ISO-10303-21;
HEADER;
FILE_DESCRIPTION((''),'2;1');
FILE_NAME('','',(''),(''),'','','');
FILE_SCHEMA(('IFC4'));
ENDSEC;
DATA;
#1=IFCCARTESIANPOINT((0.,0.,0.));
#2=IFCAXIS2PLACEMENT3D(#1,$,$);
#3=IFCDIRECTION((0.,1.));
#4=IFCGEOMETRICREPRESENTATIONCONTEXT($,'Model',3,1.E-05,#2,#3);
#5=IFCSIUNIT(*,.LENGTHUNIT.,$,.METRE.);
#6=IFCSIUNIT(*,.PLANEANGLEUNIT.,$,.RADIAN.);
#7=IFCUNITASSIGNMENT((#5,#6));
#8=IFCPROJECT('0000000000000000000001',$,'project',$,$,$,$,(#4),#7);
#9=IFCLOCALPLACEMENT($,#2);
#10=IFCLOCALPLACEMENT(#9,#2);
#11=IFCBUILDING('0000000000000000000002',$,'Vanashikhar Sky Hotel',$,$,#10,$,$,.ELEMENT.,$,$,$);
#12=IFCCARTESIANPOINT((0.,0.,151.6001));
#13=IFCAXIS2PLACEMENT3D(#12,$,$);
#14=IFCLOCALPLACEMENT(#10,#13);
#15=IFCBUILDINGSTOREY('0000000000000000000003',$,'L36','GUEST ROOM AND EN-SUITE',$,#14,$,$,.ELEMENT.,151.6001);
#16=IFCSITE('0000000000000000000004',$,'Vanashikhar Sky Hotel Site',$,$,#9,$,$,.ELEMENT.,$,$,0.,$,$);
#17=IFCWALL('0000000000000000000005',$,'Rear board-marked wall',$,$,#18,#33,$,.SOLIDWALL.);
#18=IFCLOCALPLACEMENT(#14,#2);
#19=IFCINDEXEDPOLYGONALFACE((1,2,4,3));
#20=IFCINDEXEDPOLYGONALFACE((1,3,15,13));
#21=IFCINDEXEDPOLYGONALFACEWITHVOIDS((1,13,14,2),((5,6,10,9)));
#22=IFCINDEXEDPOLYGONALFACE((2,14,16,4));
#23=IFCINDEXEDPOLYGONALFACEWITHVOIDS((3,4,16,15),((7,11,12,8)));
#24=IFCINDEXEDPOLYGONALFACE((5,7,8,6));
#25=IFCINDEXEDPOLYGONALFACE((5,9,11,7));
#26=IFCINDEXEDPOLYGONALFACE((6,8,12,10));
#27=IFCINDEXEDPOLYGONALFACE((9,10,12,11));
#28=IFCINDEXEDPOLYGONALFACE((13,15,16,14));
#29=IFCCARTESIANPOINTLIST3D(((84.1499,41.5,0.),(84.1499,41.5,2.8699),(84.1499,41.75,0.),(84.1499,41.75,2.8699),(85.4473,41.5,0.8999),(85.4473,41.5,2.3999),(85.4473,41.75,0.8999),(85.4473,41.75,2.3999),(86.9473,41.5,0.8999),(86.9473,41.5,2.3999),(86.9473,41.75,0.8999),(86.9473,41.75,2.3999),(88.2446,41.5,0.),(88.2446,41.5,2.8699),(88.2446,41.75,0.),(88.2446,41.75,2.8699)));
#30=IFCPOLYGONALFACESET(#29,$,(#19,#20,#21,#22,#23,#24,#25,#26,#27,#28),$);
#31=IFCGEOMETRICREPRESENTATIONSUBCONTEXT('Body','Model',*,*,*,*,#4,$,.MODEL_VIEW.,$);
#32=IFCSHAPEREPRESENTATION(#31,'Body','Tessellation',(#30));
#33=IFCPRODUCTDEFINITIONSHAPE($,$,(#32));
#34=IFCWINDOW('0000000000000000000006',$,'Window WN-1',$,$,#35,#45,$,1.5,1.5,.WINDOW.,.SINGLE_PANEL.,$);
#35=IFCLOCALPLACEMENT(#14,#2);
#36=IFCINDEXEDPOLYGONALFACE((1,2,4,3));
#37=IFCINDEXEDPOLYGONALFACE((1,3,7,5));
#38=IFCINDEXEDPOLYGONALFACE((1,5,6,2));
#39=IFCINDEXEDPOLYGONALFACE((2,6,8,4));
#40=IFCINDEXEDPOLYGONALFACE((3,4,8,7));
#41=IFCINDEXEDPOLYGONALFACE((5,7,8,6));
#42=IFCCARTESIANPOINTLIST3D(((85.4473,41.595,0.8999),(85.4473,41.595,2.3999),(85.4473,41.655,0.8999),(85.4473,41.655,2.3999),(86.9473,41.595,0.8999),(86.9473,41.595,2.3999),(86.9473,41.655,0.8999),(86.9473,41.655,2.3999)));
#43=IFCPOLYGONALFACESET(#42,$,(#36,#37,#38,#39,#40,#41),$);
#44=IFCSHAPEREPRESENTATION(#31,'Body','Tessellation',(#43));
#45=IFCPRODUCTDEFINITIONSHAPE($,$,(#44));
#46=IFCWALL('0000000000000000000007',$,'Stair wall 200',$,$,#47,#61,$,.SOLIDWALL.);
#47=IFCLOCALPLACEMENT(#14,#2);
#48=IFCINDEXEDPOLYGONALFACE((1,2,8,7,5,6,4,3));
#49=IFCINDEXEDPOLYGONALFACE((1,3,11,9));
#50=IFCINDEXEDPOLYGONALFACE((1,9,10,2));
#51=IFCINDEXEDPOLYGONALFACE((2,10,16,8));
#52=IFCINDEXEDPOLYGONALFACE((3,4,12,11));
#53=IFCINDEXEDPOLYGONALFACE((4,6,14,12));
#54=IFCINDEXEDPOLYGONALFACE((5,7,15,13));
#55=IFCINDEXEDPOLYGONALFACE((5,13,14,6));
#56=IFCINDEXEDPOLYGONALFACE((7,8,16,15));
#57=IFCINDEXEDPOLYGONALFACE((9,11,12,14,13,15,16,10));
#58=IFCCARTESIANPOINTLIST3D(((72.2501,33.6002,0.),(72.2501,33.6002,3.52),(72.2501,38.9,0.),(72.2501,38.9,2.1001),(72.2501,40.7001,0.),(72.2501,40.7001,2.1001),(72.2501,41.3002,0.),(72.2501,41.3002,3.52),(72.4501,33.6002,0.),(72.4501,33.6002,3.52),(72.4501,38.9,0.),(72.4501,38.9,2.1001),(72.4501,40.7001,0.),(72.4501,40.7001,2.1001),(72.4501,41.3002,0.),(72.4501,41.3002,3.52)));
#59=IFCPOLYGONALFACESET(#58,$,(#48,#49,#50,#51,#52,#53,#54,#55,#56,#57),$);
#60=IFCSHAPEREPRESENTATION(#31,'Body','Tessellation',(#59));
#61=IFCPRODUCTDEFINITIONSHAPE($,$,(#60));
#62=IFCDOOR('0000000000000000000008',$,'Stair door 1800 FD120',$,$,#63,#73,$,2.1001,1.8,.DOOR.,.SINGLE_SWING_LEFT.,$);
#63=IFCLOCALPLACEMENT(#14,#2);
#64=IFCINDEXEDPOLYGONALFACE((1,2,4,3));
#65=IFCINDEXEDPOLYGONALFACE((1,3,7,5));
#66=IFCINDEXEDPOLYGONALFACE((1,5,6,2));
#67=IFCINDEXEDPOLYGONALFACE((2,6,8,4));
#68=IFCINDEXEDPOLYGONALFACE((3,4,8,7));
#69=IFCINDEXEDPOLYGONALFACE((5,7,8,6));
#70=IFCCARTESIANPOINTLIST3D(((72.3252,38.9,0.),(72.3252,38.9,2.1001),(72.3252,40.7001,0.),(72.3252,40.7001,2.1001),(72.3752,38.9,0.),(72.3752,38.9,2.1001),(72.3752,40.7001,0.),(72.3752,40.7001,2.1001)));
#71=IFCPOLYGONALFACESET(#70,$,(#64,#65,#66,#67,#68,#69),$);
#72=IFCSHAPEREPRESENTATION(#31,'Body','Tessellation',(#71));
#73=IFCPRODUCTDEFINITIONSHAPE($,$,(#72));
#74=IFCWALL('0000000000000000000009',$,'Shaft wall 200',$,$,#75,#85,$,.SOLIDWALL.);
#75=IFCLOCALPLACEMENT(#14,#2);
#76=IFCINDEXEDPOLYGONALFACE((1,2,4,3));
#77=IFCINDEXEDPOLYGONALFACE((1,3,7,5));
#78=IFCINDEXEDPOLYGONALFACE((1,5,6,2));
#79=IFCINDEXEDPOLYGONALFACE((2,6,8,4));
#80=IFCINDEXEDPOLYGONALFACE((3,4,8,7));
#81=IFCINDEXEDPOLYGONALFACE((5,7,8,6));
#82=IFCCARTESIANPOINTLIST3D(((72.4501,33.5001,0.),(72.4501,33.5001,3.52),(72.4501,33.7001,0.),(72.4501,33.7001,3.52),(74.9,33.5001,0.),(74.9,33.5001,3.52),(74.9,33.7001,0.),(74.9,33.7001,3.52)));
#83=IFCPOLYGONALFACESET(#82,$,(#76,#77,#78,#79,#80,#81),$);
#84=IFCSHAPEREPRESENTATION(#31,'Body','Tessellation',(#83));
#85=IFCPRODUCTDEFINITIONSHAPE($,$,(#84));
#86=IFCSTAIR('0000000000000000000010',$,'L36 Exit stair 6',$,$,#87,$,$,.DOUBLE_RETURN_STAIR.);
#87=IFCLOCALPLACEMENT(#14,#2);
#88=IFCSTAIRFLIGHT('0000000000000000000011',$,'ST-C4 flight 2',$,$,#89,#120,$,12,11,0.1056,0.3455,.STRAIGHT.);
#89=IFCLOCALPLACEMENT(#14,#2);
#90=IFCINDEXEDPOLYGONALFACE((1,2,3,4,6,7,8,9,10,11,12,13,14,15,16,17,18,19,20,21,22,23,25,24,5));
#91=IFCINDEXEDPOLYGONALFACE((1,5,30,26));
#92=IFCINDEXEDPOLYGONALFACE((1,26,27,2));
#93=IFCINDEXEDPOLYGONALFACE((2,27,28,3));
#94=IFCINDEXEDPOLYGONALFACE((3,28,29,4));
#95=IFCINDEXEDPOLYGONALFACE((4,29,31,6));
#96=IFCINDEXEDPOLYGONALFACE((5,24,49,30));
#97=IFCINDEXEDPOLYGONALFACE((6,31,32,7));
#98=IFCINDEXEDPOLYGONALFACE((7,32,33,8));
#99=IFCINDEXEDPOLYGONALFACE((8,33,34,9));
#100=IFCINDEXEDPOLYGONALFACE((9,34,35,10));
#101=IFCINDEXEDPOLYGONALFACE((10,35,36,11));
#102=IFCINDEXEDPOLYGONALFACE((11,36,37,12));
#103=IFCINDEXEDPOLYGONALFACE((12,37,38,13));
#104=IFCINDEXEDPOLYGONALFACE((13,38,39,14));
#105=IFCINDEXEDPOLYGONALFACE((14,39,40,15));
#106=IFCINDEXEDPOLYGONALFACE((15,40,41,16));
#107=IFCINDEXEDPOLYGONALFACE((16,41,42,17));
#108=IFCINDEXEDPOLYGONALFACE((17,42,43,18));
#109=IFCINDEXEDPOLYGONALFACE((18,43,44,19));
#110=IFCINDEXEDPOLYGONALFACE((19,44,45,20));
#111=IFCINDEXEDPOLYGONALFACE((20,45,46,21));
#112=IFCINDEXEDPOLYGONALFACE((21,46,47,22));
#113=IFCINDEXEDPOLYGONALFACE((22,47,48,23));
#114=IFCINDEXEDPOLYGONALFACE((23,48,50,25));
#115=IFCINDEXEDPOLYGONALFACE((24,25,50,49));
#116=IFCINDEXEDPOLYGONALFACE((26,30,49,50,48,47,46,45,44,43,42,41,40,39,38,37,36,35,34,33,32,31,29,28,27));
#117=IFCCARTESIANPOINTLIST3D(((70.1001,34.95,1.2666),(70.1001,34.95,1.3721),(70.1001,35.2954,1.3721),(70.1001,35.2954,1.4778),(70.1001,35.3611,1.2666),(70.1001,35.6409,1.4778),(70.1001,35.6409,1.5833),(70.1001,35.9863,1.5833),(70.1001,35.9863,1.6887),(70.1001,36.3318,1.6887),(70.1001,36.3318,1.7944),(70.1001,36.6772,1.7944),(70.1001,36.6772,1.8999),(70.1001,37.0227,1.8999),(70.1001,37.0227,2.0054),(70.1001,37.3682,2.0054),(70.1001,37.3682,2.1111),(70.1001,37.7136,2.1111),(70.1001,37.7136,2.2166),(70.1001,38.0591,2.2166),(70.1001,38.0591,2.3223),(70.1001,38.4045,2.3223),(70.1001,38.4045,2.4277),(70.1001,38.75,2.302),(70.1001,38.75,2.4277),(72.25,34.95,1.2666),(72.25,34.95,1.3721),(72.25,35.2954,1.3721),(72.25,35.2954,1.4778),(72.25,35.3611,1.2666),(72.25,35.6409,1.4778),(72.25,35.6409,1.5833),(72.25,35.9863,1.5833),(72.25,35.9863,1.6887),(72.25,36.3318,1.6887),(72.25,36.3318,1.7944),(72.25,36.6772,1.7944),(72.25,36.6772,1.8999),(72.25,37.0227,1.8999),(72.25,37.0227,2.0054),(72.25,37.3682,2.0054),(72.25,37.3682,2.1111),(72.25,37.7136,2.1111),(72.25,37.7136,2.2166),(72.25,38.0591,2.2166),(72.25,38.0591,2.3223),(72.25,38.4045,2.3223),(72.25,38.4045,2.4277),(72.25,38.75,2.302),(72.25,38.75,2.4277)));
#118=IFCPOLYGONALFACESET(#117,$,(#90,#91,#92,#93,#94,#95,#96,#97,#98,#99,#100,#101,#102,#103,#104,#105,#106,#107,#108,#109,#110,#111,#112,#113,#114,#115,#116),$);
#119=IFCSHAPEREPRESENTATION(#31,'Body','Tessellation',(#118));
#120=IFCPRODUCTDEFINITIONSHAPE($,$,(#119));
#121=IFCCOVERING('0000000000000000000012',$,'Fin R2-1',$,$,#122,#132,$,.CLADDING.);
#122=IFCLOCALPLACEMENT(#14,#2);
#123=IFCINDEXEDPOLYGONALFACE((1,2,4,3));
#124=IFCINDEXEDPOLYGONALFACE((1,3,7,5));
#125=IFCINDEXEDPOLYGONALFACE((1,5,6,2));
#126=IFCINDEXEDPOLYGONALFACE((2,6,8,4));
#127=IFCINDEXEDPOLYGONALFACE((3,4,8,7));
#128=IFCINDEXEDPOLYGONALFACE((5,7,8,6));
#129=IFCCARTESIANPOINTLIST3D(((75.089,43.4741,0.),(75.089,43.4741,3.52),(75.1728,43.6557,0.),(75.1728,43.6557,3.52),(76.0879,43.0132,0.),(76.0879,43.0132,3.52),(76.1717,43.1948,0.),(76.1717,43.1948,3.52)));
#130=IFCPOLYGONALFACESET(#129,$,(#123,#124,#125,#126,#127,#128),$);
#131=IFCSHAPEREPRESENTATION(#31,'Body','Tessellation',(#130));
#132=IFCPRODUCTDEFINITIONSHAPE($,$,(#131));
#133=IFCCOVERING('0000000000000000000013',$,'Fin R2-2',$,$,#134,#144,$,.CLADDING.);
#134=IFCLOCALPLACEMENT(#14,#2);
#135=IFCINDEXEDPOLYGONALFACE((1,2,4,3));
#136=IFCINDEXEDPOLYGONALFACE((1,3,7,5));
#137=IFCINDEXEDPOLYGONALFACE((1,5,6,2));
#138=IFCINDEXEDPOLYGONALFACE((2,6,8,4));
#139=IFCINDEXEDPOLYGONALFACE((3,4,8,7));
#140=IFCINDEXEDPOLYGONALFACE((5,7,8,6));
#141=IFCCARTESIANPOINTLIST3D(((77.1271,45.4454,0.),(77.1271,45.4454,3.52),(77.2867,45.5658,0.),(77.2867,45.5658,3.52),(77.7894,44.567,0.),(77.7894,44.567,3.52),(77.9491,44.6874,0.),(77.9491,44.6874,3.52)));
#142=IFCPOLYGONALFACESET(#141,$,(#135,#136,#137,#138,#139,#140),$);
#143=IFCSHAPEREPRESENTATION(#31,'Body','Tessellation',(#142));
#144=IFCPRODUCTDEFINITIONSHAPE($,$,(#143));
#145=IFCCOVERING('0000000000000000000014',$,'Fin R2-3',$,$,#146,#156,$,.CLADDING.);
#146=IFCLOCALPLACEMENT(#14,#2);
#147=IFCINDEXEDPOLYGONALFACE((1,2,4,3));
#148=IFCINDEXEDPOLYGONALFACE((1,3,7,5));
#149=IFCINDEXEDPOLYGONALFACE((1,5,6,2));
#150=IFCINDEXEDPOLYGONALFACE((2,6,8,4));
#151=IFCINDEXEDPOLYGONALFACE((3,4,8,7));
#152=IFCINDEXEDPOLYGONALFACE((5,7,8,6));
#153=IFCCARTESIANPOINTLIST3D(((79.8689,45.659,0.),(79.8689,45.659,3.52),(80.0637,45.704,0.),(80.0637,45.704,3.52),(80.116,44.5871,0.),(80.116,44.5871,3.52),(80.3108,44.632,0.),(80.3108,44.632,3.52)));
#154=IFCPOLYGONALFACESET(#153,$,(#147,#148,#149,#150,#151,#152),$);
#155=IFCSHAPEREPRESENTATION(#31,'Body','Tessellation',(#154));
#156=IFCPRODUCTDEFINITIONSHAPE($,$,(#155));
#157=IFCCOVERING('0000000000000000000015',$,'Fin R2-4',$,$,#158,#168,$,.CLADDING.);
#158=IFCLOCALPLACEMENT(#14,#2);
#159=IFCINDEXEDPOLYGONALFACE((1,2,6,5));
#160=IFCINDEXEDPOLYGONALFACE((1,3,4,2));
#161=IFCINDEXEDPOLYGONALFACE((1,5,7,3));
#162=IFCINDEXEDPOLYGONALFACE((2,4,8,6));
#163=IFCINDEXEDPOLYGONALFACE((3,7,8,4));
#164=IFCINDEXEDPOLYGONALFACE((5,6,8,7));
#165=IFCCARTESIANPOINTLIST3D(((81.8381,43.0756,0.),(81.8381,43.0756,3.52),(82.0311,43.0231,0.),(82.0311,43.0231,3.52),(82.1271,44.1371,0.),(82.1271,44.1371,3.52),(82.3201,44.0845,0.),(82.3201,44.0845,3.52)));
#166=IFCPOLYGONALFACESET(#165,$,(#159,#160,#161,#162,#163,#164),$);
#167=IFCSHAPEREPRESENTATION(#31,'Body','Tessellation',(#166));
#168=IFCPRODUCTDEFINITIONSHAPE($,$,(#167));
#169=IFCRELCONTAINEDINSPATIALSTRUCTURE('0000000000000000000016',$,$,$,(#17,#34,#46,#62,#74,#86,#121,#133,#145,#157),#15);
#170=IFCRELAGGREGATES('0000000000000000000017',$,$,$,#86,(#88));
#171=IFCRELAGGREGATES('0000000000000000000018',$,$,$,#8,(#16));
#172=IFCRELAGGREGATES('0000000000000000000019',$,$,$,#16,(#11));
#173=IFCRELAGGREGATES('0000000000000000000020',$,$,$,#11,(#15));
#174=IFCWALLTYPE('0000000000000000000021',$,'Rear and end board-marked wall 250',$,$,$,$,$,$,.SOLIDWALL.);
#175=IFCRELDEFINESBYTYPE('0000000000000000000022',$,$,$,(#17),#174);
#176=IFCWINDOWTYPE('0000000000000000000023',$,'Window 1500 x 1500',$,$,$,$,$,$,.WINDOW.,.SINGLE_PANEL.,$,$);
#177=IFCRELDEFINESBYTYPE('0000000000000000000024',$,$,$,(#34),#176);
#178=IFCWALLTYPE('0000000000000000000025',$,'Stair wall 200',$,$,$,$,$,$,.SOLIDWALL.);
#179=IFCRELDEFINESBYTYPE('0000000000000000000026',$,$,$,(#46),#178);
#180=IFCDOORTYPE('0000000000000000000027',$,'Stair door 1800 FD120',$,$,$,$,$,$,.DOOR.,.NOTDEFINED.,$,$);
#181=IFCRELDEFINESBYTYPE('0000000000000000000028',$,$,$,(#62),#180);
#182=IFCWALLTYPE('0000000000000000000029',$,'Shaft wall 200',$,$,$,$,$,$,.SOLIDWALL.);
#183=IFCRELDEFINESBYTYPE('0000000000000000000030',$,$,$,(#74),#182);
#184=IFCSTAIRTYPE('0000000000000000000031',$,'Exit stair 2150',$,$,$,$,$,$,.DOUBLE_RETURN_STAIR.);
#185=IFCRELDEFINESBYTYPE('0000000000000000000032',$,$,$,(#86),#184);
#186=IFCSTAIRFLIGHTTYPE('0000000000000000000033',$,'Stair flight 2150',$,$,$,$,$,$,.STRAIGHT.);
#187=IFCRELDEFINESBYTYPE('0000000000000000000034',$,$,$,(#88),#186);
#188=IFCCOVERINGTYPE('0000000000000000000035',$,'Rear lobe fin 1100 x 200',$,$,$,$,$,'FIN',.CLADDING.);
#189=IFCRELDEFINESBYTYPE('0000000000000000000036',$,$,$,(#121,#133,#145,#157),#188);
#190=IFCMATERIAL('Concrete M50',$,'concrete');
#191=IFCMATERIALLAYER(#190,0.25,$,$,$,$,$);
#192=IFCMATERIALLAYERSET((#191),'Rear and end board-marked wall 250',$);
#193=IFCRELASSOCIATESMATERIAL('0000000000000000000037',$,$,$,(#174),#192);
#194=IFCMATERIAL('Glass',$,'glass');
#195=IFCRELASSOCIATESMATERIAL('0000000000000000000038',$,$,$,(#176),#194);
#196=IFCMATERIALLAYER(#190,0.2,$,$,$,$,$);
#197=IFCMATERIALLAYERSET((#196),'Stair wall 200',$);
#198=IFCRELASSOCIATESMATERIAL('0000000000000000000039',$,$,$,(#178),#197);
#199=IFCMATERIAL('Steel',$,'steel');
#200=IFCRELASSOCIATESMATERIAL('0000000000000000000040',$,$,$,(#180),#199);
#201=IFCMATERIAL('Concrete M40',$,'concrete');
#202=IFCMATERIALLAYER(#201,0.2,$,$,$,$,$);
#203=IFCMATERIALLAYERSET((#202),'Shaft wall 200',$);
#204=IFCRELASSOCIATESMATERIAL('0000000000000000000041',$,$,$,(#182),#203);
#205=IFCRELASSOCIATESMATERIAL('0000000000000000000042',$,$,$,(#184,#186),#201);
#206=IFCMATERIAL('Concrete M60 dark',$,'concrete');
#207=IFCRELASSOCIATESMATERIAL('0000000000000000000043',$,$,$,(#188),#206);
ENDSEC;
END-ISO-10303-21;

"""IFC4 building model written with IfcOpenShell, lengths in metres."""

from ifc_helpers import new_model, si_unit, direction, frame, frame_2d, origin, origin_2d, place, context, subcontext, project, spatial, polyline, rectangle, outline, extrude, source, transform, mapped, material, layer, layer_set, material_profile, profile_set, type_object, element, fill, aggregate, save


model = new_model("IFC4")

# Units and contexts
model_context = context("Model", 3, precision=1e-05, world=origin(), true_north=direction((0.0, 1.0)))
body_context = subcontext(model_context, "Body", "Model", "MODEL_VIEW")
ifc_project = project(units=[si_unit("LENGTHUNIT", "METRE"), si_unit("PLANEANGLEUNIT", "RADIAN")], contexts=[model_context])

# Site, building, storey
site_placement = place(None, origin())
site = spatial("IfcSite", under=ifc_project, at=site_placement, Name="Vanashikhar Sky Hotel Site", CompositionType="ELEMENT", RefElevation=0.0)
building_placement = place(site_placement, origin())
building = spatial("IfcBuilding", under=site, at=building_placement, Name="Vanashikhar Sky Hotel", CompositionType="ELEMENT")
storey_placement = place(building_placement, frame((0.0, 0.0, 151.6001)))
storey = spatial("IfcBuildingStorey", under=building, at=storey_placement, Name="L36", Description="GUEST ROOM AND EN-SUITE", CompositionType="ELEMENT", Elevation=151.6001)

# Shared definitions
ifc_material_1 = material(Name="Concrete M50", Category="concrete")
ifc_material_2 = material(Name="Glass", Category="glass")

# Shared definitions
ifc_layer_1 = layer(ifc_material_1, 0.25)
ifc_layer_set_1 = layer_set([ifc_layer_1], Name="Rear and end board-marked wall 250")
wall_type_1 = type_object("IfcWallType", Name="Rear and end board-marked wall 250", PredefinedType="SOLIDWALL", material=ifc_layer_set_1)

# Wall, opening, window
shared_shape_1 = source(origin(), body_context, "Body", "SweptSolid", [
    extrude(rectangle(XDim=4.0947, YDim=0.25, at=frame_2d((2.0474, 0.0))), origin(), (0.0, 0.0, 1.0), 2.8699),
])
wall_1_placement = place(storey_placement, frame((88.2446, 41.625, 0.0), z_axis=(0.0, 0.0, 1.0), x_axis=(-1.0, 0.0, 0.0)))
wall_1 = element("IfcWall", 1, at=wall_1_placement, inside=storey, type_object=wall_type_1, Name="Rear board-marked wall", PredefinedType="SOLIDWALL", context=body_context, shape_type="MappedRepresentation", body=[
    mapped(shared_shape_1, transform((0.0, 0.0, 0.0), scale=1.0)),
])
shared_shape_2 = source(origin(), body_context, "Body", "SweptSolid", [
    extrude(rectangle(XDim=1.5, YDim=1.5, at=frame_2d((0.75, 0.75))), frame((0.0, 0.135, 0.0), z_axis=(0.0, -1.0, 0.0), x_axis=(1.0, 0.0, 0.0)), (0.0, 0.0, 1.0), 0.27),
])
opening_1_placement = place(wall_1_placement, frame((1.2974, 0.0, 0.8999)))
opening_1 = element("IfcOpeningElement", 2, at=opening_1_placement, cuts=wall_1, PredefinedType="OPENING", context=body_context, shape_type="MappedRepresentation", body=[
    mapped(shared_shape_2, transform((0.0, 0.0, 0.0), scale=1.0)),
])
window_type_1 = type_object("IfcWindowType", Name="Window 1500 x 1500", PartitioningType="SINGLE_PANEL", PredefinedType="WINDOW", material=ifc_material_2)
shared_shape_3 = source(origin(), body_context, "Body", "SweptSolid", [
    extrude(rectangle(XDim=1.5, YDim=1.5, at=frame_2d((0.75, 0.75))), frame((0.0, 0.03, 0.0), z_axis=(0.0, -1.0, 0.0), x_axis=(1.0, 0.0, 0.0)), (0.0, 0.0, 1.0), 0.0601),
])
window_1_placement = place(opening_1_placement, origin())
window_1 = element("IfcWindow", 3, at=window_1_placement, inside=storey, type_object=window_type_1, Name="Window WN-1", OverallHeight=1.5, OverallWidth=1.5, PartitioningType="SINGLE_PANEL", PredefinedType="WINDOW", context=body_context, shape_type="MappedRepresentation", body=[
    mapped(shared_shape_3, transform((0.0, 0.0, 0.0), scale=1.0)),
])
fill(opening_1, window_1)

# Wall, opening, door
ifc_layer_2 = layer(ifc_material_1, 0.2)
ifc_layer_set_2 = layer_set([ifc_layer_2], Name="Stair wall 200")
wall_type_2 = type_object("IfcWallType", Name="Stair wall 200", PredefinedType="SOLIDWALL", material=ifc_layer_set_2)
shared_shape_4 = source(origin(), body_context, "Body", "SweptSolid", [
    extrude(rectangle(XDim=7.7, YDim=0.2, at=frame_2d((3.8501, 0.0))), origin(), (0.0, 0.0, 1.0), 3.52),
])
wall_2_placement = place(storey_placement, frame((72.3501, 33.6001, 0.0), z_axis=(0.0, 0.0, 1.0), x_axis=(0.0, 1.0, 0.0)))
wall_2 = element("IfcWall", 4, at=wall_2_placement, inside=storey, type_object=wall_type_2, Name="Stair wall 200", PredefinedType="SOLIDWALL", context=body_context, shape_type="MappedRepresentation", body=[
    mapped(shared_shape_4, transform((0.0, 0.0, 0.0), scale=1.0)),
])
shared_shape_5 = source(origin(), body_context, "Body", "SweptSolid", [
    extrude(rectangle(XDim=1.8, YDim=2.1001, at=frame_2d((0.8999, 1.05))), frame((0.0, 0.1099, 0.0), z_axis=(0.0, -1.0, 0.0), x_axis=(1.0, 0.0, 0.0)), (0.0, 0.0, 1.0), 0.22),
])
opening_2_placement = place(wall_2_placement, frame((5.3, 0.0, 0.0)))
opening_2 = element("IfcOpeningElement", 5, at=opening_2_placement, cuts=wall_2, PredefinedType="OPENING", context=body_context, shape_type="MappedRepresentation", body=[
    mapped(shared_shape_5, transform((0.0, 0.0, 0.0), scale=1.0)),
])
ifc_material_3 = material(Name="Steel", Category="steel")
door_type = type_object("IfcDoorType", Name="Stair door 1800 FD120", OperationType="NOTDEFINED", PredefinedType="DOOR", material=ifc_material_3)
shared_shape_6 = source(origin(), body_context, "Body", "SweptSolid", [
    extrude(rectangle(XDim=1.8, YDim=2.1001, at=frame_2d((0.8999, 1.05))), frame((0.0, 0.0249, 0.0), z_axis=(0.0, -1.0, 0.0), x_axis=(1.0, 0.0, 0.0)), (0.0, 0.0, 1.0), 0.05),
])
door_placement = place(opening_2_placement, origin())
door = element("IfcDoor", 6, at=door_placement, inside=storey, type_object=door_type, Name="Stair door 1800 FD120", OperationType="SINGLE_SWING_LEFT", OverallHeight=2.1001, OverallWidth=1.8, PredefinedType="DOOR", context=body_context, shape_type="MappedRepresentation", body=[
    mapped(shared_shape_6, transform((0.0, 0.0, 0.0), scale=1.0)),
])
fill(opening_2, door)

# Wall
ifc_material_4 = material(Name="Concrete M40", Category="concrete")
ifc_layer_3 = layer(ifc_material_4, 0.2)
ifc_layer_set_3 = layer_set([ifc_layer_3], Name="Shaft wall 200")
wall_type_3 = type_object("IfcWallType", Name="Shaft wall 200", PredefinedType="SOLIDWALL", material=ifc_layer_set_3)
shared_shape_7 = source(origin(), body_context, "Body", "SweptSolid", [
    extrude(rectangle(XDim=2.45, YDim=0.2, at=frame_2d((1.2251, 0.0))), origin(), (0.0, 0.0, 1.0), 3.52),
])
wall_3_placement = place(storey_placement, frame((72.45, 33.6001, 0.0), z_axis=(0.0, 0.0, 1.0), x_axis=(1.0, 0.0, 0.0)))
element("IfcWall", 7, at=wall_3_placement, inside=storey, type_object=wall_type_3, Name="Shaft wall 200", PredefinedType="SOLIDWALL", context=body_context, shape_type="MappedRepresentation", body=[
    mapped(shared_shape_7, transform((0.0, 0.0, 0.0), scale=1.0)),
])

# Stair, stair flight
stair_type = type_object("IfcStairType", Name="Exit stair 2150", PredefinedType="DOUBLE_RETURN_STAIR", material=ifc_material_4)
stair_placement = place(storey_placement, origin())
stair = element("IfcStair", 8, at=stair_placement, inside=storey, type_object=stair_type, Name="L36 Exit stair 6", PredefinedType="DOUBLE_RETURN_STAIR")
stair_flight_type = type_object("IfcStairFlightType", Name="Stair flight 2150", PredefinedType="STRAIGHT", material=ifc_material_4)
shared_shape_8 = source(origin(), body_context, "Body", "SweptSolid", [
    extrude(outline(polyline([(0.0, 0.0), (0.0, 0.1055), (0.3455, 0.1055), (0.3455, 0.2112), (0.6909, 0.2112), (0.6909, 0.3167), (1.0364, 0.3167), (1.0364, 0.4221), (1.3818, 0.4221), (1.3818, 0.5278), (1.7273, 0.5278), (1.7273, 0.6333), (2.0728, 0.6333), (2.0728, 0.7388), (2.4182, 0.7388), (2.4182, 0.8445), (2.7637, 0.8445), (2.7637, 0.95), (3.1091, 0.95), (3.1091, 1.0557), (3.4546, 1.0557), (3.4546, 1.1611), (3.8, 1.1611), (3.8, 1.2666), (3.8, 1.0354), (0.4111, 0.0), (0.0, 0.0)])), frame((0.0, 1.075, 0.0), z_axis=(0.0, -1.0, 0.0), x_axis=(1.0, 0.0, 0.0)), (0.0, 0.0, 1.0), 2.1499),
])
stair_flight_placement = place(storey_placement, frame((71.175, 34.95, 1.2666), z_axis=(0.0, 0.0, 1.0), x_axis=(0.0, 1.0, 0.0)))
stair_flight = element("IfcStairFlight", 9, at=stair_flight_placement, type_object=stair_flight_type, Name="ST-C4 flight 2", NumberOfRisers=12, NumberOfTreads=11, PredefinedType="STRAIGHT", RiserHeight=0.1056, TreadLength=0.3455, context=body_context, shape_type="MappedRepresentation", body=[
    mapped(shared_shape_8, transform((0.0, 0.0, 0.0), scale=1.0)),
])
aggregate(stair, [stair_flight])

# Coverings
ifc_material_5 = material(Name="Concrete M60 dark", Category="concrete")
ifc_material_profile_1 = material_profile(ifc_material_5, rectangle(XDim=1.1001, YDim=0.2, at=origin_2d()))
ifc_profile_set_1 = profile_set([ifc_material_profile_1], Name="Rear lobe fin 1100 x 200")
covering_type_1 = type_object("IfcCoveringType", Name="Rear lobe fin 1100 x 200", ElementType="FIN", PredefinedType="CLADDING", material=ifc_profile_set_1)
shared_shape_9 = source(origin(), body_context, "Body", "SweptSolid", [
    extrude(rectangle(XDim=1.1001, YDim=0.2, at=origin_2d()), origin(), (0.0, 0.0, 1.0), 3.52),
])
for number, where, z_axis, x_axis, name in (
    (10, (75.6304, 43.3345, 0.0), (0.0, 0.0, 1.0), (-0.908004, 0.418961, 0.0), "Fin R2-1"),
    (11, (77.5381, 45.0664, 0.0), (0.0, 0.0, 1.0), (-0.602066, 0.798446, 0.0), "Fin R2-2"),
    (12, (80.0898, 45.1455, 0.0), (0.0, 0.0, 1.0), (-0.224645, 0.974441, 0.0), "Fin R2-3"),
    (13, (82.0791, 43.5801, 0.0), (0.0, 0.0, 1.0), (0.262711, 0.964874, 0.0), "Fin R2-4"),
):
    element("IfcCovering", number, at=place(storey_placement, frame(where, z_axis=z_axis, x_axis=x_axis)), inside=storey, type_object=covering_type_1, Name=name, PredefinedType="CLADDING", context=body_context, shape_type="MappedRepresentation", body=[
        mapped(shared_shape_9, transform((0.0, 0.0, 0.0), scale=1.0)),
    ])

save(model, "model.ifc")
